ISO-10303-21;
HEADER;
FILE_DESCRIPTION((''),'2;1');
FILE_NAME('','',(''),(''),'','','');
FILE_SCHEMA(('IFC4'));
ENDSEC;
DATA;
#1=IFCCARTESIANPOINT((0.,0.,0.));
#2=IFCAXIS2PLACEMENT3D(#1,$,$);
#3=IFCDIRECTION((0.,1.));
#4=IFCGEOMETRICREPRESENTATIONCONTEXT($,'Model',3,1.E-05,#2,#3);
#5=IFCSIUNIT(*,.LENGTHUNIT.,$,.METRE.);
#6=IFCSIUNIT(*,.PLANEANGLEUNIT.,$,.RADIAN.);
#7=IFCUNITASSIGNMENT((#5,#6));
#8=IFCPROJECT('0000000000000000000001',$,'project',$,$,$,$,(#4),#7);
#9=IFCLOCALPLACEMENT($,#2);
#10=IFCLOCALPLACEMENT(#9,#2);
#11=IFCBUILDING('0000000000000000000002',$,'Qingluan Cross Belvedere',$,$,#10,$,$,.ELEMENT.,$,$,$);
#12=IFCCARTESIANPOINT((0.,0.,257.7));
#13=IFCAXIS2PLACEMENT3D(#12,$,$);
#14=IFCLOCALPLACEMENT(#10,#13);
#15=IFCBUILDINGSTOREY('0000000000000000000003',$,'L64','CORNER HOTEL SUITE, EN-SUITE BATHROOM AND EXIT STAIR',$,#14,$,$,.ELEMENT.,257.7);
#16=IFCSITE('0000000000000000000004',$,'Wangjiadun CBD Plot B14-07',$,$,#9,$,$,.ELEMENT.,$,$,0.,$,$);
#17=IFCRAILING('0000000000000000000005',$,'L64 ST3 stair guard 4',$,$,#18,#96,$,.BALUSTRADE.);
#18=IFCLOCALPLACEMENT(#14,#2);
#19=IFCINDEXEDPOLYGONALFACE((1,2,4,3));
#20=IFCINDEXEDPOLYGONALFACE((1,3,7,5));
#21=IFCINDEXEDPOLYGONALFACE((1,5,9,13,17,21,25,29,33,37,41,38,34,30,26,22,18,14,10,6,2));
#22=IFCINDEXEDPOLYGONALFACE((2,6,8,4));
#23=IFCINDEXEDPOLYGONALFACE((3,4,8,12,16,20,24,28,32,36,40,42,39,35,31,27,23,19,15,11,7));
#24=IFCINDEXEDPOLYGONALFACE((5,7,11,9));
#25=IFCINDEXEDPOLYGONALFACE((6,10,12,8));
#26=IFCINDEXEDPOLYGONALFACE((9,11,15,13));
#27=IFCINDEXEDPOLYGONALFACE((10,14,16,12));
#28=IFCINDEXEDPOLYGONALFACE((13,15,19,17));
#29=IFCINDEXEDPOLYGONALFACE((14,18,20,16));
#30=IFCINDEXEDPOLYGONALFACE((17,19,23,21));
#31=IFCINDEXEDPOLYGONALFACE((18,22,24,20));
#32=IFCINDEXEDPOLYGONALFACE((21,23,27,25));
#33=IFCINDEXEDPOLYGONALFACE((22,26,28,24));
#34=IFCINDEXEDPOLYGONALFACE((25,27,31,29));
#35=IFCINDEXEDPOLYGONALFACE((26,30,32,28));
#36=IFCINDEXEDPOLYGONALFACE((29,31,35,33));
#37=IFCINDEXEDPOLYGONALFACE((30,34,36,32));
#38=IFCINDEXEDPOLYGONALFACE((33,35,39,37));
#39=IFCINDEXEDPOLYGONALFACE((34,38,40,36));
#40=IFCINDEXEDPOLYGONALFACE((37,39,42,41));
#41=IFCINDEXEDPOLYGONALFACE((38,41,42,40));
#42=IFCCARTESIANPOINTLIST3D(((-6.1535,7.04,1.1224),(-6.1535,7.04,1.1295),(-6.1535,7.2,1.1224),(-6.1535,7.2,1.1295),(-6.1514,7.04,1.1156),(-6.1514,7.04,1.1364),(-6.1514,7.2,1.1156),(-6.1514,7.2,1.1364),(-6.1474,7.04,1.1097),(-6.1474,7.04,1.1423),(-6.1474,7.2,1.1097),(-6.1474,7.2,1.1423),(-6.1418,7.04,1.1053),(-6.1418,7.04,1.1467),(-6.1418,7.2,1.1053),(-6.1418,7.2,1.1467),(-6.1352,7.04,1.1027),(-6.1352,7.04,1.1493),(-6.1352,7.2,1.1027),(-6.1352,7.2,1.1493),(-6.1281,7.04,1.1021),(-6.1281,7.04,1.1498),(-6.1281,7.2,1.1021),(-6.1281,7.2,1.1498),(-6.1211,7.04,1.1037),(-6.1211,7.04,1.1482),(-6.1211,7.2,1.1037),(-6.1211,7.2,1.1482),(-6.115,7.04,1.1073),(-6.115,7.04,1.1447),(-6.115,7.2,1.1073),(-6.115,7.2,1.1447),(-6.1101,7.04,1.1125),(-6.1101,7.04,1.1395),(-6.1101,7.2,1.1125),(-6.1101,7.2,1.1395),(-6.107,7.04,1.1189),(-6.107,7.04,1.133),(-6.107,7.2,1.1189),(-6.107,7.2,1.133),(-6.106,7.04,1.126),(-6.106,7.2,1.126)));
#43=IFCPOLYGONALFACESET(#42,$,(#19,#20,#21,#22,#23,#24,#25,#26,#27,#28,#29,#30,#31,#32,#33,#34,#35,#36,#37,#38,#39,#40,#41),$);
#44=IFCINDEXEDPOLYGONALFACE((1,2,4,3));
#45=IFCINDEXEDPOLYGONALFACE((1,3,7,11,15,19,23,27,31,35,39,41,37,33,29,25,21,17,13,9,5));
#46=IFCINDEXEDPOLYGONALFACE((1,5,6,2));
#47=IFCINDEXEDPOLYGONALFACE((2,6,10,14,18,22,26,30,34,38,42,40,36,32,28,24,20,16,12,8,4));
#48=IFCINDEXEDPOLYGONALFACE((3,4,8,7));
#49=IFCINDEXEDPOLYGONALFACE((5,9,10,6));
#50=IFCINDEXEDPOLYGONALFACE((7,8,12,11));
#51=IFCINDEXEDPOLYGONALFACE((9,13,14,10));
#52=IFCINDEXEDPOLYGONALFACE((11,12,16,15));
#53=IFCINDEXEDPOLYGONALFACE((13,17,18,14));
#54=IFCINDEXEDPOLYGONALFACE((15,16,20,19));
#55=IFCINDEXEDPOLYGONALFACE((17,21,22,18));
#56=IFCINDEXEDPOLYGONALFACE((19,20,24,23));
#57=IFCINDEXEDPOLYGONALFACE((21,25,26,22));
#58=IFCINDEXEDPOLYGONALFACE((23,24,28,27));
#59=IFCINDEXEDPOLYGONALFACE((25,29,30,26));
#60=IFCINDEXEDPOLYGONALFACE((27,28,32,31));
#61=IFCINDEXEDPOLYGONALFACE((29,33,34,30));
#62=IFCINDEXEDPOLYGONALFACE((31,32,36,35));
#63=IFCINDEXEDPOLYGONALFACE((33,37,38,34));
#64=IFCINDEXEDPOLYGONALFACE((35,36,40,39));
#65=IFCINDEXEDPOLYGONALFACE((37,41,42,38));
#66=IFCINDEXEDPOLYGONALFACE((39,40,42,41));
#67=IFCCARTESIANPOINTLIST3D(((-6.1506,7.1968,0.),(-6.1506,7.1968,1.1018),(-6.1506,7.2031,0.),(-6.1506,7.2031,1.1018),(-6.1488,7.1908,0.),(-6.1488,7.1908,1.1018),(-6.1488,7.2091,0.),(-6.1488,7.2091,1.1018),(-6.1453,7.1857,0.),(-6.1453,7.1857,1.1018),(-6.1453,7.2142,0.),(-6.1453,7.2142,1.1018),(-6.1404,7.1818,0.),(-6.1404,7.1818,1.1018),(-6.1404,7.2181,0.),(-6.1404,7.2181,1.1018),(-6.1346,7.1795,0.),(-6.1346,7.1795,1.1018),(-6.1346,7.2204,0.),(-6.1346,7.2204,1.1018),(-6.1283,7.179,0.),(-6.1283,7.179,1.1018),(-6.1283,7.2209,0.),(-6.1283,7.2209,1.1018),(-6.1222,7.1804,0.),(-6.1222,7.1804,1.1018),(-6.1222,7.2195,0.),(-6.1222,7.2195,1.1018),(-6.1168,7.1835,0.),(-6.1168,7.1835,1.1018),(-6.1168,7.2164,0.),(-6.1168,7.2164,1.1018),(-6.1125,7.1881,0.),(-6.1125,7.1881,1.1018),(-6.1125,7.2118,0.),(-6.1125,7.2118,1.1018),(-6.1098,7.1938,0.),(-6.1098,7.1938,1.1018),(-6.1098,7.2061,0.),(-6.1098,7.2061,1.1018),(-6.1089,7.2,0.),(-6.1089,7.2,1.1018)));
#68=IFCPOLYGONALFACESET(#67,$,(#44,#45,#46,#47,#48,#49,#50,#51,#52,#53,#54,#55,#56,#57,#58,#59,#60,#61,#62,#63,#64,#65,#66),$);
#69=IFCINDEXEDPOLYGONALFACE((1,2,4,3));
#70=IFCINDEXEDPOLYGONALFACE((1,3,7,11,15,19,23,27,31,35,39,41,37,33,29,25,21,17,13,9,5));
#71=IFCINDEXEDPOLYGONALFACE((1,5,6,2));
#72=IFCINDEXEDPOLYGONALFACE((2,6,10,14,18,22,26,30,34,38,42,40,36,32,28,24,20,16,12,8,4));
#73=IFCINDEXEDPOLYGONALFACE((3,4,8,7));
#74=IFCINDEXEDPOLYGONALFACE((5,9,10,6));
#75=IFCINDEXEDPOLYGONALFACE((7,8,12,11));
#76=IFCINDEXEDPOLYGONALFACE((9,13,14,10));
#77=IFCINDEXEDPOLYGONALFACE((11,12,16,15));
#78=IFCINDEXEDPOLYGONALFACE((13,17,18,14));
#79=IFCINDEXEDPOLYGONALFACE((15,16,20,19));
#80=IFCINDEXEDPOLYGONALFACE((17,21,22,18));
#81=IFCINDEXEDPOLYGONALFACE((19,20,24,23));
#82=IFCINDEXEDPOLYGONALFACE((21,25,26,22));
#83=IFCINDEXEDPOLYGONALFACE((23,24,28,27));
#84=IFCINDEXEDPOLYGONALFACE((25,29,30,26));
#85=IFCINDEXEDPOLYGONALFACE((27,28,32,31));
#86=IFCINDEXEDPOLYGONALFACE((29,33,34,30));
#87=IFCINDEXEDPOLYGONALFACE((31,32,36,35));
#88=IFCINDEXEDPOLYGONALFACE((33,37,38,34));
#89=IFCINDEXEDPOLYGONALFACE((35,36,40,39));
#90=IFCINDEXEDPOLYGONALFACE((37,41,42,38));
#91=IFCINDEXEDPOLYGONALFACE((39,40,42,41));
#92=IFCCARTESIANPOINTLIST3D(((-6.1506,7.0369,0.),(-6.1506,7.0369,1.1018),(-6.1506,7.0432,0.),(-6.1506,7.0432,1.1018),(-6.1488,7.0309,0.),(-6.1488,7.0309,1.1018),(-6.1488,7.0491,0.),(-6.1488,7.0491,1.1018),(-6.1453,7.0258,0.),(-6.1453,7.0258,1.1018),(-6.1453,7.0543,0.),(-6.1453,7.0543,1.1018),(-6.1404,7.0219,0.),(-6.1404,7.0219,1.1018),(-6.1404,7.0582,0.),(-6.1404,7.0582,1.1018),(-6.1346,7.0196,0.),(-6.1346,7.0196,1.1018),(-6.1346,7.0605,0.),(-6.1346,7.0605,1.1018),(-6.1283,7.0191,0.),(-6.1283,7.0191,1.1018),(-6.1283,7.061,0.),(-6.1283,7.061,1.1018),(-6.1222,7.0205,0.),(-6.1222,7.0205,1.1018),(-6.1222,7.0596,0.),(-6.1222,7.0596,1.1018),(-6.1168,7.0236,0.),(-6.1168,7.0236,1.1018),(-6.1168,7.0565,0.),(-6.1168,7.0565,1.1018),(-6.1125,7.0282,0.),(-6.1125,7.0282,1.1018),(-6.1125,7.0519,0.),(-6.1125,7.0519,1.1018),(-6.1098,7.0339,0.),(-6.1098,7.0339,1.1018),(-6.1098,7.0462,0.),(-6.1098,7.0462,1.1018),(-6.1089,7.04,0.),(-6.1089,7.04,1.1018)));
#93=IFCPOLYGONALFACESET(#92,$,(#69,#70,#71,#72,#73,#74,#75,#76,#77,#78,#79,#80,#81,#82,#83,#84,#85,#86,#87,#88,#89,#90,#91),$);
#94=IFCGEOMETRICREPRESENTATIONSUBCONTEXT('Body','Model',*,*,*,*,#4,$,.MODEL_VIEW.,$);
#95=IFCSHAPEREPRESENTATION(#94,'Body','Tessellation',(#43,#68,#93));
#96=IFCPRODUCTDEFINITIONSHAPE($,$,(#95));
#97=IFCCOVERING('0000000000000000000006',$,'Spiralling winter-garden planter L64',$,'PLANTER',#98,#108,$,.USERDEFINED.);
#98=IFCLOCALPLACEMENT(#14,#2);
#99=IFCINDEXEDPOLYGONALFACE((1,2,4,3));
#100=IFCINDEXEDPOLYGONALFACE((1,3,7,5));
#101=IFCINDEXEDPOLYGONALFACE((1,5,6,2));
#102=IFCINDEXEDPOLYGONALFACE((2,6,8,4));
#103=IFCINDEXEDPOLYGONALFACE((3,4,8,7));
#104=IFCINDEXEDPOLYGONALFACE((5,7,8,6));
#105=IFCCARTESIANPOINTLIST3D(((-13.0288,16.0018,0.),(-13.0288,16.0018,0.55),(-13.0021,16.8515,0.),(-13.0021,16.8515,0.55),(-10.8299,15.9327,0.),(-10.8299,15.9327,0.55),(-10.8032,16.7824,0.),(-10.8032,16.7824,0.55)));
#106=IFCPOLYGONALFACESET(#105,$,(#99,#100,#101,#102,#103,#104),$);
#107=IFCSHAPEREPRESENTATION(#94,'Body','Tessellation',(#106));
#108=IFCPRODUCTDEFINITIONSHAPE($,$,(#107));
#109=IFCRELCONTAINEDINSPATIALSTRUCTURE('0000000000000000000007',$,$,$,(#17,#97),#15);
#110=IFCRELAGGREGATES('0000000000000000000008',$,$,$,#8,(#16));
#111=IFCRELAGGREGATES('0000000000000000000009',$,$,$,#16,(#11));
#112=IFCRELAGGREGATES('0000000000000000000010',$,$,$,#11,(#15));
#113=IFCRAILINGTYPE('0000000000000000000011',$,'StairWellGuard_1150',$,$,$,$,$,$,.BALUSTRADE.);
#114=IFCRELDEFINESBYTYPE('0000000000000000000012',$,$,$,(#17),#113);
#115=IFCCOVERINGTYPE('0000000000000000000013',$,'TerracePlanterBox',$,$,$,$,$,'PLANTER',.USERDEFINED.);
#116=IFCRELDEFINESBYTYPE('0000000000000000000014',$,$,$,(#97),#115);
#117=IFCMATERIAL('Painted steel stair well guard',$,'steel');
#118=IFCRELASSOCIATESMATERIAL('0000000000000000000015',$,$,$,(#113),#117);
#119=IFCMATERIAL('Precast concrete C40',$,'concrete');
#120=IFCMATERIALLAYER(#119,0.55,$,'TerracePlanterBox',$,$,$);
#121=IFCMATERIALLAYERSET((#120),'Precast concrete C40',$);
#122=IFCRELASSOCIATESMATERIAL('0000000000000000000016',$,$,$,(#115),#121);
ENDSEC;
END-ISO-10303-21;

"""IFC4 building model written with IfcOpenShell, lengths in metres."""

from ifc_helpers import new_model, si_unit, direction, frame, origin, origin_2d, place, context, subcontext, project, spatial, rectangle, circle, extrude, material, layer, layer_set, type_object, element, save


model = new_model("IFC4")

# Units and contexts
model_context = context("Model", 3, precision=1e-05, world=origin(), true_north=direction((0.0, 1.0)))
body_context = subcontext(model_context, "Body", "Model", "MODEL_VIEW")
ifc_project = project(units=[si_unit("LENGTHUNIT", "METRE"), si_unit("PLANEANGLEUNIT", "RADIAN")], contexts=[model_context])

# Site, building, storey
site_placement = place(None, origin())
site = spatial("IfcSite", under=ifc_project, at=site_placement, Name="Wangjiadun CBD Plot B14-07", CompositionType="ELEMENT", RefElevation=0.0)
building_placement = place(site_placement, origin())
building = spatial("IfcBuilding", under=site, at=building_placement, Name="Qingluan Cross Belvedere", CompositionType="ELEMENT")
storey_placement = place(building_placement, frame((0.0, 0.0, 257.7)))
storey = spatial("IfcBuildingStorey", under=building, at=storey_placement, Name="L64", Description="CORNER HOTEL SUITE, EN-SUITE BATHROOM AND EXIT STAIR", CompositionType="ELEMENT", Elevation=257.7)

# Railing
ifc_material_1 = material(Name="Painted steel stair well guard", Category="steel")
railing_type_1 = type_object("IfcRailingType", Name="StairWellGuard_1150", PredefinedType="BALUSTRADE", material=ifc_material_1)
railing_1_placement = place(storey_placement, frame((-6.1299, 7.2, 0.0)))
element("IfcRailing", 1, at=railing_1_placement, inside=storey, type_object=railing_type_1, Name="L64 ST3 stair guard 4", PredefinedType="BALUSTRADE", context=body_context, shape_type="SweptSolid", body=[
    extrude(circle(Radius=0.0239, at=origin_2d()), frame((0.0, 0.0, 1.126), z_axis=(0.0, -1.0, 0.0), x_axis=(1.0, 0.0, 0.0)), (0.0, 0.0, 1.0), 0.1599),
    extrude(circle(Radius=0.021, at=origin_2d()), origin(), (0.0, 0.0, 1.0), 1.1018),
    extrude(circle(Radius=0.021, at=origin_2d()), frame((0.0, -0.1599, 0.0)), (0.0, 0.0, 1.0), 1.1018),
])

# Covering
ifc_material_2 = material(Name="Precast concrete C40", Category="concrete")
ifc_layer_1 = layer(ifc_material_2, 0.55, Name="TerracePlanterBox")
ifc_layer_set_1 = layer_set([ifc_layer_1], Name="Precast concrete C40")
covering_type_1 = type_object("IfcCoveringType", Name="TerracePlanterBox", ElementType="PLANTER", PredefinedType="USERDEFINED", material=ifc_layer_set_1)
covering_1_placement = place(storey_placement, frame((-11.916, 16.3921, 0.0), z_axis=(0.0, 0.0, 1.0), x_axis=(0.999507, -0.031411, 0.0)))
element("IfcCovering", 2, at=covering_1_placement, inside=storey, type_object=covering_type_1, Name="Spiralling winter-garden planter L64", ObjectType="PLANTER", PredefinedType="USERDEFINED", context=body_context, shape_type="SweptSolid", body=[
    extrude(rectangle(XDim=2.2, YDim=0.8501, at=origin_2d()), origin(), (0.0, 0.0, 1.0), 0.55),
])

save(model, "model.ifc")
